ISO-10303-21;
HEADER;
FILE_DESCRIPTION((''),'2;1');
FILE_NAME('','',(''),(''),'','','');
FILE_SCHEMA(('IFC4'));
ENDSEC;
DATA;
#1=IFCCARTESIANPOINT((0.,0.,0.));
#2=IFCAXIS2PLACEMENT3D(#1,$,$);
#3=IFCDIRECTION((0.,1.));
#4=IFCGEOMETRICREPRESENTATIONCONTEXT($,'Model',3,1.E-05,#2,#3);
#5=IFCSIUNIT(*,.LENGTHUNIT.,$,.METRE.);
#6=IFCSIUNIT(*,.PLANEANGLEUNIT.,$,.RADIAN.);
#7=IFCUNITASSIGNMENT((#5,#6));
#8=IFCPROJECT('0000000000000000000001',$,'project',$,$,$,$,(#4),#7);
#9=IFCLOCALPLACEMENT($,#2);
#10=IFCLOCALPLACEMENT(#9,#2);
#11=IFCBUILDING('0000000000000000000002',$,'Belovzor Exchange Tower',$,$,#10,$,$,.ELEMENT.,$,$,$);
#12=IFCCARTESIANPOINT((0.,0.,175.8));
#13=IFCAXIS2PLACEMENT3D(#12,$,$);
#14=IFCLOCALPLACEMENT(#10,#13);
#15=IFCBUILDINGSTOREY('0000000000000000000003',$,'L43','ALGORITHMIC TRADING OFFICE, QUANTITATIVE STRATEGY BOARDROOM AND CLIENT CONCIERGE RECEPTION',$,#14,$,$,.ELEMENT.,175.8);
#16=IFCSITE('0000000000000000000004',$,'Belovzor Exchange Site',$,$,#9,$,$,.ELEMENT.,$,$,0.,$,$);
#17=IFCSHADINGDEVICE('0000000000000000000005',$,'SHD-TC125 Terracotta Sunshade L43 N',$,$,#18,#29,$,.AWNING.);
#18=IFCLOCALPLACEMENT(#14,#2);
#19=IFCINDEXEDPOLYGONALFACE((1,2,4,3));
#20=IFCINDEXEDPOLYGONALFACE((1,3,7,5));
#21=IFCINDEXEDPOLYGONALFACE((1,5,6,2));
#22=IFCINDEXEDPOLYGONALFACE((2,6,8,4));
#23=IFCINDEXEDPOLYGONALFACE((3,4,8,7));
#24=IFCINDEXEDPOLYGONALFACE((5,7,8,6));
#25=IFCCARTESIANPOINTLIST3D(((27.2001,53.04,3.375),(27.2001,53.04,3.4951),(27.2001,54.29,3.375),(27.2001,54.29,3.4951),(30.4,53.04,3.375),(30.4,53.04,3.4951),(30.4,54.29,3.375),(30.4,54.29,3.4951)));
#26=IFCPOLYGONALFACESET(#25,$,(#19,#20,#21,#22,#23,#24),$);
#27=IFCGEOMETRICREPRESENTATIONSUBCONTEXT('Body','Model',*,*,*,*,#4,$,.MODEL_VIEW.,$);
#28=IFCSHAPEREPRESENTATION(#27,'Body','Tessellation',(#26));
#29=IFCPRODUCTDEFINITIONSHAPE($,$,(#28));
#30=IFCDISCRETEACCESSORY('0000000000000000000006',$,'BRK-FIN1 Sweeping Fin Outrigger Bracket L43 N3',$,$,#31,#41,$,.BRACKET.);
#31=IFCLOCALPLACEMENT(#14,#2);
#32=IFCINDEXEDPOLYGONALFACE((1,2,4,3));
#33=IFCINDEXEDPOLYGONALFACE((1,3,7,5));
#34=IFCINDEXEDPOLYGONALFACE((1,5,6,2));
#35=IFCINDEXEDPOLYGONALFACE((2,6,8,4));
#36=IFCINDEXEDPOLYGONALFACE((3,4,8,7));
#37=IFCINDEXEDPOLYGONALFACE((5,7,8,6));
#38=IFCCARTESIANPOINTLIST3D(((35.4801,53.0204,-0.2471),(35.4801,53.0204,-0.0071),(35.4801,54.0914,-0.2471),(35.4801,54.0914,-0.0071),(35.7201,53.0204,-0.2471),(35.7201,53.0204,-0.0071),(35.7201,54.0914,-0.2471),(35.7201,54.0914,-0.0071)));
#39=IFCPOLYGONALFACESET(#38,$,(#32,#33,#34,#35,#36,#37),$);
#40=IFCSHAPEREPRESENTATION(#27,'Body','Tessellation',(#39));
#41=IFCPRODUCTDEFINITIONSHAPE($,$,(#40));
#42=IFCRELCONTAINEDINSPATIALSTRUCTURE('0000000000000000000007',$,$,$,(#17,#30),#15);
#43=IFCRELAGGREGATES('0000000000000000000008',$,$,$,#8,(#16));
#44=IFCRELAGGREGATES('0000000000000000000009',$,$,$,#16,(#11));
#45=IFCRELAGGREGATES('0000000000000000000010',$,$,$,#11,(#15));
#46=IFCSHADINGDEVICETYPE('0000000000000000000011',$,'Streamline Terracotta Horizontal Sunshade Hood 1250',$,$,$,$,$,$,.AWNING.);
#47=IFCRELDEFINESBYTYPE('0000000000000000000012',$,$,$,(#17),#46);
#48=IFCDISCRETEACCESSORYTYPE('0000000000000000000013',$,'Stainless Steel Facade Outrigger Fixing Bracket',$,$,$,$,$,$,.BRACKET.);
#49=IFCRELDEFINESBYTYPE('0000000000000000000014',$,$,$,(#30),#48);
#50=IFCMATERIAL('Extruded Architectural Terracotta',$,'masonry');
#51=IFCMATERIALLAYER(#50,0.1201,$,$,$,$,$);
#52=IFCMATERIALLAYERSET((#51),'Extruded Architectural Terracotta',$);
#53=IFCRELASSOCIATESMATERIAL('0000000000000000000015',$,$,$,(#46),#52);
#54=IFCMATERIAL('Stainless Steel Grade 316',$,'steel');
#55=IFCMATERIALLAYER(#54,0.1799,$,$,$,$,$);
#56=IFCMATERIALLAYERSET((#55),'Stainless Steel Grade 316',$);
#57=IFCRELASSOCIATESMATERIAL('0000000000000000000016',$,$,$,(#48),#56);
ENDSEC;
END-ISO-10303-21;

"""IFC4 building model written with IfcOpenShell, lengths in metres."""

from ifc_helpers import new_model, si_unit, direction, frame, origin, origin_2d, place, context, subcontext, project, spatial, rectangle, extrude, material, layer, layer_set, type_object, element, save


model = new_model("IFC4")

# Units and contexts
model_context = context("Model", 3, precision=1e-05, world=origin(), true_north=direction((0.0, 1.0)))
body_context = subcontext(model_context, "Body", "Model", "MODEL_VIEW")
ifc_project = project(units=[si_unit("LENGTHUNIT", "METRE"), si_unit("PLANEANGLEUNIT", "RADIAN")], contexts=[model_context])

# Site, building, storey
site_placement = place(None, origin())
site = spatial("IfcSite", under=ifc_project, at=site_placement, Name="Belovzor Exchange Site", CompositionType="ELEMENT", RefElevation=0.0)
building_placement = place(site_placement, origin())
building = spatial("IfcBuilding", under=site, at=building_placement, Name="Belovzor Exchange Tower", CompositionType="ELEMENT")
storey_placement = place(building_placement, frame((0.0, 0.0, 175.8)))
storey = spatial("IfcBuildingStorey", under=building, at=storey_placement, Name="L43", Description="ALGORITHMIC TRADING OFFICE, QUANTITATIVE STRATEGY BOARDROOM AND CLIENT CONCIERGE RECEPTION", CompositionType="ELEMENT", Elevation=175.8)

# Shading device
ifc_material_1 = material(Name="Extruded Architectural Terracotta", Category="masonry")
ifc_layer_1 = layer(ifc_material_1, 0.1201)
ifc_layer_set_1 = layer_set([ifc_layer_1], Name="Extruded Architectural Terracotta")
shading_device_type = type_object("IfcShadingDeviceType", Name="Streamline Terracotta Horizontal Sunshade Hood 1250", PredefinedType="AWNING", material=ifc_layer_set_1)
shading_device_placement = place(storey_placement, frame((28.8, 53.665, 3.375), z_axis=(0.0, 0.0, 1.0), x_axis=(1.0, 0.0, 0.0)))
element("IfcShadingDevice", 1, at=shading_device_placement, inside=storey, type_object=shading_device_type, Name="SHD-TC125 Terracotta Sunshade L43 N", PredefinedType="AWNING", context=body_context, shape_type="SweptSolid", body=[
    extrude(rectangle(XDim=3.2, YDim=1.25, at=origin_2d()), origin(), (0.0, 0.0, 1.0), 0.1201),
])

# Discrete accessory
ifc_material_2 = material(Name="Stainless Steel Grade 316", Category="steel")
ifc_layer_2 = layer(ifc_material_2, 0.1799)
ifc_layer_set_2 = layer_set([ifc_layer_2], Name="Stainless Steel Grade 316")
discrete_accessory_type = type_object("IfcDiscreteAccessoryType", Name="Stainless Steel Facade Outrigger Fixing Bracket", PredefinedType="BRACKET", material=ifc_layer_set_2)
discrete_accessory_placement = place(storey_placement, frame((35.6001, 53.5559, -0.2471), z_axis=(0.0, 0.0, 1.0), x_axis=(0.0, 1.0, 0.0)))
element("IfcDiscreteAccessory", 2, at=discrete_accessory_placement, inside=storey, type_object=discrete_accessory_type, Name="BRK-FIN1 Sweeping Fin Outrigger Bracket L43 N3", PredefinedType="BRACKET", context=body_context, shape_type="SweptSolid", body=[
    extrude(rectangle(XDim=1.071, YDim=0.24, at=origin_2d()), origin(), (0.0, 0.0, 1.0), 0.24),
])

save(model, "model.ifc")
